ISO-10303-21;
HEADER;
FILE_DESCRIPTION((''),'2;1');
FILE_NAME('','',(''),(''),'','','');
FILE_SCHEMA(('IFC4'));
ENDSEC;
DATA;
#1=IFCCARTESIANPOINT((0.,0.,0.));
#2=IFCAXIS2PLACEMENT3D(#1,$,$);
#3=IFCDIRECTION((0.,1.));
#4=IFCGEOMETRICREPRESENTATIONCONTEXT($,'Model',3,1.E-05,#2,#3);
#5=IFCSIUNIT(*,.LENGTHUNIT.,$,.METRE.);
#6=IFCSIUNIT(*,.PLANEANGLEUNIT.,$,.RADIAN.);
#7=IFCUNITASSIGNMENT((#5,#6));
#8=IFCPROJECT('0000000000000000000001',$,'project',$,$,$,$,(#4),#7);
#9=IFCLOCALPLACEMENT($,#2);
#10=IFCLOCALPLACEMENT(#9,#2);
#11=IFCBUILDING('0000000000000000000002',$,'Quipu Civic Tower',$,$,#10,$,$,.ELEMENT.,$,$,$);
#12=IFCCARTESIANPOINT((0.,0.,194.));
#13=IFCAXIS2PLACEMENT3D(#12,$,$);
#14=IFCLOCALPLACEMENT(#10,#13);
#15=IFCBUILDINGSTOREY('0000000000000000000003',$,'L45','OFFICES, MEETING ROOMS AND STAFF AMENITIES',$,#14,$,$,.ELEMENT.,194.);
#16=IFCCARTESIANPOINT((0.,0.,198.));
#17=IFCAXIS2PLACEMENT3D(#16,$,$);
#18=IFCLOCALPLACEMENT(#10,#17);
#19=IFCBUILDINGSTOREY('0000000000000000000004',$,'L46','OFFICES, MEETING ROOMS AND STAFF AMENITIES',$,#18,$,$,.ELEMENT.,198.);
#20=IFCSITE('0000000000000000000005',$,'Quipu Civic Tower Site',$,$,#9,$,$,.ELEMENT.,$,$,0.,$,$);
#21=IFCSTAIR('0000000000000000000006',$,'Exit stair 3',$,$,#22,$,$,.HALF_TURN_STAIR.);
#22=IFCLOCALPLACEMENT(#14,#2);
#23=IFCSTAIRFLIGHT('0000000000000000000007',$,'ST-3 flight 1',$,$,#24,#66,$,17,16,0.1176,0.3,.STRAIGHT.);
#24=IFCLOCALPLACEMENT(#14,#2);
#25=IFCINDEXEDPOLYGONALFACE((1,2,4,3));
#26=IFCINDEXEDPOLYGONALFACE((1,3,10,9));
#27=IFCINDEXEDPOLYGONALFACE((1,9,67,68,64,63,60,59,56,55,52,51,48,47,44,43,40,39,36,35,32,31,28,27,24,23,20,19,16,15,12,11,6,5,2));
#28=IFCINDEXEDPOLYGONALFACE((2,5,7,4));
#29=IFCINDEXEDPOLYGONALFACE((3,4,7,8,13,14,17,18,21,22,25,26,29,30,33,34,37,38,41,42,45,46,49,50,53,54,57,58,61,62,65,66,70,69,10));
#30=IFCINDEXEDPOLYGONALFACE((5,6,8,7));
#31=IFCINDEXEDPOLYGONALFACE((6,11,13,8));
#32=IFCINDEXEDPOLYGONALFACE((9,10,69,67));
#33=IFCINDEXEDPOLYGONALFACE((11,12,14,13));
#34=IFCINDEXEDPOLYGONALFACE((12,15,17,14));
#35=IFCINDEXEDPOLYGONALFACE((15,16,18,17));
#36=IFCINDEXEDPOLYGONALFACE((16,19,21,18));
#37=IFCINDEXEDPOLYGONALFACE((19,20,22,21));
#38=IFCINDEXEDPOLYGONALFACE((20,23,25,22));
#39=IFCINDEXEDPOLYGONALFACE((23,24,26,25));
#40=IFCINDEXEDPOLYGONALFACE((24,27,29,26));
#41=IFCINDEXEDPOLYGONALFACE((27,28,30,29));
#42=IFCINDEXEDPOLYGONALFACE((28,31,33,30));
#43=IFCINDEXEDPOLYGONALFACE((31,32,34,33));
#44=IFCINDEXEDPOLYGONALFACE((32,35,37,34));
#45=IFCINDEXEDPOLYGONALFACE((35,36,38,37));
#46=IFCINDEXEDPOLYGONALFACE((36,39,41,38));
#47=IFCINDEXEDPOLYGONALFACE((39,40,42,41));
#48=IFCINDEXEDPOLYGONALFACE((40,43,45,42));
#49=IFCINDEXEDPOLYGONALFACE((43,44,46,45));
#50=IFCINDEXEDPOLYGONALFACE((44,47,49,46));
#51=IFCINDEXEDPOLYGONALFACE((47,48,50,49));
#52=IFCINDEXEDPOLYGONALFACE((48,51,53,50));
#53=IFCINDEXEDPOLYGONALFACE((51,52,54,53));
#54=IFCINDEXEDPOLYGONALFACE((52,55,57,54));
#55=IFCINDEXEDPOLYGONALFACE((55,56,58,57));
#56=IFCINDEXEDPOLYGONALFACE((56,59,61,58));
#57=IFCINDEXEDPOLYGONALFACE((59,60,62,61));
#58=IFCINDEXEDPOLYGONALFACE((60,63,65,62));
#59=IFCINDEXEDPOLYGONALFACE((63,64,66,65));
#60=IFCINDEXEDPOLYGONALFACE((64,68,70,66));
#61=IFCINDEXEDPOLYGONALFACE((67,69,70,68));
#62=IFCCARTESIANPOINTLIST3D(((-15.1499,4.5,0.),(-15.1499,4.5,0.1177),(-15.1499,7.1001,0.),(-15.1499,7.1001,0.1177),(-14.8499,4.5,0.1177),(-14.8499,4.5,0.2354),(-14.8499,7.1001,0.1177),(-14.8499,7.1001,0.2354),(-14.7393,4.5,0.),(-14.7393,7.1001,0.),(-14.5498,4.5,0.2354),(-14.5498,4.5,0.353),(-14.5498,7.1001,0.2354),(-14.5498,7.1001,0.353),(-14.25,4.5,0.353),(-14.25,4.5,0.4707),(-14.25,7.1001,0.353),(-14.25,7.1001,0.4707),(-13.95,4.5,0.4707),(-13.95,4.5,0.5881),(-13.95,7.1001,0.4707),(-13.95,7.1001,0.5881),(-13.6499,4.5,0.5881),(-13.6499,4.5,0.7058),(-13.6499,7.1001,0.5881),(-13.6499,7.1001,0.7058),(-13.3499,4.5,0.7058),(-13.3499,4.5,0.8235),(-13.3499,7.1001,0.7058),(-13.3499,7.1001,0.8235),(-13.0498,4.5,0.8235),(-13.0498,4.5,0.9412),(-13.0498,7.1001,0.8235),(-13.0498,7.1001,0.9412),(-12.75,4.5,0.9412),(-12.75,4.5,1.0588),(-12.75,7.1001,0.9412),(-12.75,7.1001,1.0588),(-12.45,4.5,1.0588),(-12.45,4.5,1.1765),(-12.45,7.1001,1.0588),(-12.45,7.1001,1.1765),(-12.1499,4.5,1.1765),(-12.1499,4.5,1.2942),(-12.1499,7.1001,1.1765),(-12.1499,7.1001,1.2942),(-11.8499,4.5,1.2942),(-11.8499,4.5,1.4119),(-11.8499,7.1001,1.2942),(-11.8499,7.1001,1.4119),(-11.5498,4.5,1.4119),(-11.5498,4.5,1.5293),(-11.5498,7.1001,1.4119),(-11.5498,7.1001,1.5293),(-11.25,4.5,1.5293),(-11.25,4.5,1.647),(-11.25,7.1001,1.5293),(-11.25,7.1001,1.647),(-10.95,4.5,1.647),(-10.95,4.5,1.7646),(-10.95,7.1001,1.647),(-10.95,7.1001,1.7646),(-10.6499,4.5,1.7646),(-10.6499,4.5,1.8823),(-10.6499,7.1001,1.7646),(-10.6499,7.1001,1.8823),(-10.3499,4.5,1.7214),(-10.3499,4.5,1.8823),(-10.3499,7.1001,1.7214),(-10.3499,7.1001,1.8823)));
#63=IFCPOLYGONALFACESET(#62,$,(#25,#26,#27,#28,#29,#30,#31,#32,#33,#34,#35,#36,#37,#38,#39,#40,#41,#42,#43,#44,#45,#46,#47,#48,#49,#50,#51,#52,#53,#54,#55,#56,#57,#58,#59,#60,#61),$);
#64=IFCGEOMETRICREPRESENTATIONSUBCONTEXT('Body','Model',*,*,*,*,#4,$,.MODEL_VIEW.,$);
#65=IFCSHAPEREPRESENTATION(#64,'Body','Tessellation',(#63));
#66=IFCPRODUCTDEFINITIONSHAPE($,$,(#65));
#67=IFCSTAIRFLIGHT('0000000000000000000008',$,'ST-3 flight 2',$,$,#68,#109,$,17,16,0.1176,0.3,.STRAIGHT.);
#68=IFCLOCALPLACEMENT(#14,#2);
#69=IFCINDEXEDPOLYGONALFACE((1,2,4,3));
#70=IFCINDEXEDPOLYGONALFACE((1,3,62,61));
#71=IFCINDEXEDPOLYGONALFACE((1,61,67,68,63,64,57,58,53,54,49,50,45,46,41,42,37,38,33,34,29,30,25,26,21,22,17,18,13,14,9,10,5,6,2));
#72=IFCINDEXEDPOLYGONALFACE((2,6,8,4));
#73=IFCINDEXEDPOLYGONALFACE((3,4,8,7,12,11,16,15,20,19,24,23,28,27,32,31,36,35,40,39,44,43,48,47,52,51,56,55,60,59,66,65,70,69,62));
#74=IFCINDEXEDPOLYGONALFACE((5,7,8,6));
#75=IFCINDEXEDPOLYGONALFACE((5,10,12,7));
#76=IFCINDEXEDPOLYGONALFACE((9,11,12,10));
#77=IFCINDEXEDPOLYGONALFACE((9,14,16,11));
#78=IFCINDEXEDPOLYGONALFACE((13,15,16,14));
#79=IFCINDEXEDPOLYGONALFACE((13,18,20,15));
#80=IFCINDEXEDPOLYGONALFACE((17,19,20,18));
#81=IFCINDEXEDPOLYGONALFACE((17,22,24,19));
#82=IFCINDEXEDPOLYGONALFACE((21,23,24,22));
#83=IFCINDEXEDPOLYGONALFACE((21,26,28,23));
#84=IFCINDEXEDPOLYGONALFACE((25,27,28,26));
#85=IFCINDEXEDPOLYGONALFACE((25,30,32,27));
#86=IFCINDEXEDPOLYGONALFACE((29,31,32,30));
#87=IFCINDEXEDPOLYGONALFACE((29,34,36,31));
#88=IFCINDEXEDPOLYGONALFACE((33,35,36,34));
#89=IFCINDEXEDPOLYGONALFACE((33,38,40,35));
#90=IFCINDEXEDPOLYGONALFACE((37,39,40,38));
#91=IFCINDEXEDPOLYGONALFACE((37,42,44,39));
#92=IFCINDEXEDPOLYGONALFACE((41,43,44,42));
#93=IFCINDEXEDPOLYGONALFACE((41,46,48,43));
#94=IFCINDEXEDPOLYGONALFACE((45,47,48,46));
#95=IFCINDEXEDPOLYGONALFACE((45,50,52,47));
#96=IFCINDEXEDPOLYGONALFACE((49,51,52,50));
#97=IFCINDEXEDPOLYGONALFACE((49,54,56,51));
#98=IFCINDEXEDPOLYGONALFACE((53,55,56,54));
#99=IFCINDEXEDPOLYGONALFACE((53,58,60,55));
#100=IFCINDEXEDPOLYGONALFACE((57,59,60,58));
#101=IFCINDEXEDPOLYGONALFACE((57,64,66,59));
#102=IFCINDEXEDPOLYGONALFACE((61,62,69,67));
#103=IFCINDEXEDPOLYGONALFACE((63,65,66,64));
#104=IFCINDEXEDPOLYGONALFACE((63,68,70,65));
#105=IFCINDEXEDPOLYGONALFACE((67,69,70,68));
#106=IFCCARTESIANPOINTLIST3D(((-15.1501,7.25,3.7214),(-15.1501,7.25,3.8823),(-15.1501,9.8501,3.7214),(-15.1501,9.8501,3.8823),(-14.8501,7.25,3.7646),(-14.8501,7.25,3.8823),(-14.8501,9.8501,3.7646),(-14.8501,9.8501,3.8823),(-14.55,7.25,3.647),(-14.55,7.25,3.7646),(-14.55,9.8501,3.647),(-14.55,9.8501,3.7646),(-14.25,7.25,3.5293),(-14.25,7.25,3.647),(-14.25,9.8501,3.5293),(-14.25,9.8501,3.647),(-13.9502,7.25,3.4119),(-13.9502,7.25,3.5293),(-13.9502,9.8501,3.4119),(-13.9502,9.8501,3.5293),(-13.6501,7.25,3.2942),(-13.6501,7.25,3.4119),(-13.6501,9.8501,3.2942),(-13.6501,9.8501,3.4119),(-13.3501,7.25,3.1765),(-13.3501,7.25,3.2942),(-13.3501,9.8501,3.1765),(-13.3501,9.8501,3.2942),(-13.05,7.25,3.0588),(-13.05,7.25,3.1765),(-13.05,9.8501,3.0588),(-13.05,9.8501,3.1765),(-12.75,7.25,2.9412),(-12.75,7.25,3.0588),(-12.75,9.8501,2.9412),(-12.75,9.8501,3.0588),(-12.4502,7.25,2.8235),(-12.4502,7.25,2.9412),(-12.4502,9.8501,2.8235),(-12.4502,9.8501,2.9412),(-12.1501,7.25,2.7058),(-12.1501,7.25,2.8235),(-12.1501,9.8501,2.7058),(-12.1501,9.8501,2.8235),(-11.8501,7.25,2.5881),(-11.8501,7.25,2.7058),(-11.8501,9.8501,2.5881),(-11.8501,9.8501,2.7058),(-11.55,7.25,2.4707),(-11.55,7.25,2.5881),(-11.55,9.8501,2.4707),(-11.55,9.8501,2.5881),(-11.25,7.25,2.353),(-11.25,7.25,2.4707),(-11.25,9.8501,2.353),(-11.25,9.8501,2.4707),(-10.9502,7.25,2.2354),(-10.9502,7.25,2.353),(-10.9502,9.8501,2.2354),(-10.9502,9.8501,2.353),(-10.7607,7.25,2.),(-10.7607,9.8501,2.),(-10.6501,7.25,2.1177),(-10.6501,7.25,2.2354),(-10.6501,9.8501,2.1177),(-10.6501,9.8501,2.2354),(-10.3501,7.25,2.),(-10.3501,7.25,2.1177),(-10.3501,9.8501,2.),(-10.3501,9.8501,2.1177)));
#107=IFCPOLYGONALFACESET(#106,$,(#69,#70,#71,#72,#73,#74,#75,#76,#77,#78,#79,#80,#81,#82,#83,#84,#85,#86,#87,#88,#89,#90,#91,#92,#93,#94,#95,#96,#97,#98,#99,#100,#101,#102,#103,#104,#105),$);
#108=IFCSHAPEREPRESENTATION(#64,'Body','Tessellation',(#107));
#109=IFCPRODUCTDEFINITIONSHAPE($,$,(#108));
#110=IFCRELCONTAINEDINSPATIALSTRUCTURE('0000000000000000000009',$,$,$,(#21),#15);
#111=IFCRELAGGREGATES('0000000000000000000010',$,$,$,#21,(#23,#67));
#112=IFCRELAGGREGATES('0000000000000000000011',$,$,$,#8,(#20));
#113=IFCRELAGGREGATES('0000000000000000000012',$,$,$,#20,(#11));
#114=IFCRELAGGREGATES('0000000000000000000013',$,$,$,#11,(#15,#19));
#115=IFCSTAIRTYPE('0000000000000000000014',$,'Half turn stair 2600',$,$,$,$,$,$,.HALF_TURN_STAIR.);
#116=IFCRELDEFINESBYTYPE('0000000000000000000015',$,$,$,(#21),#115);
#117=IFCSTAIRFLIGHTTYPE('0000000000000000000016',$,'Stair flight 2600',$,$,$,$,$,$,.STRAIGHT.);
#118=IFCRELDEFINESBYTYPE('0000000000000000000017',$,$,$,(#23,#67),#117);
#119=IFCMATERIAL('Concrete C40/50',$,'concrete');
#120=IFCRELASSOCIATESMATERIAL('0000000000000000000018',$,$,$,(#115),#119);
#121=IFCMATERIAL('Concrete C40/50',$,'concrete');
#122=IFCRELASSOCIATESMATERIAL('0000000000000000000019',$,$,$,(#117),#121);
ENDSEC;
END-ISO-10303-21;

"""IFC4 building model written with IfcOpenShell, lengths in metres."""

from ifc_helpers import new_model, si_unit, direction, frame, origin, place, context, subcontext, project, spatial, polyline, outline, extrude, material, type_object, element, aggregate, save


model = new_model("IFC4")

# Units and contexts
model_context = context("Model", 3, precision=1e-05, world=origin(), true_north=direction((0.0, 1.0)))
body_context = subcontext(model_context, "Body", "Model", "MODEL_VIEW")
ifc_project = project(units=[si_unit("LENGTHUNIT", "METRE"), si_unit("PLANEANGLEUNIT", "RADIAN")], contexts=[model_context])

# Site, building, storey
site_placement = place(None, origin())
site = spatial("IfcSite", under=ifc_project, at=site_placement, Name="Quipu Civic Tower Site", CompositionType="ELEMENT", RefElevation=0.0)
building_placement = place(site_placement, origin())
building = spatial("IfcBuilding", under=site, at=building_placement, Name="Quipu Civic Tower", CompositionType="ELEMENT")
storey_1_placement = place(building_placement, frame((0.0, 0.0, 194.0)))
storey_1 = spatial("IfcBuildingStorey", under=building, at=storey_1_placement, Name="L45", Description="OFFICES, MEETING ROOMS AND STAFF AMENITIES", CompositionType="ELEMENT", Elevation=194.0)

# Shared definitions
storey_2_placement = place(building_placement, frame((0.0, 0.0, 198.0)))
storey_2 = spatial("IfcBuildingStorey", under=building, at=storey_2_placement, Name="L46", Description="OFFICES, MEETING ROOMS AND STAFF AMENITIES", CompositionType="ELEMENT", Elevation=198.0)

# Stair, stair flights
ifc_material_1 = material(Name="Concrete C40/50", Category="concrete")
stair_type = type_object("IfcStairType", Name="Half turn stair 2600", PredefinedType="HALF_TURN_STAIR", material=ifc_material_1)
stair_placement = place(storey_1_placement, origin())
stair = element("IfcStair", 1, at=stair_placement, inside=storey_1, type_object=stair_type, Name="Exit stair 3", PredefinedType="HALF_TURN_STAIR")
ifc_material_2 = material(Name="Concrete C40/50", Category="concrete")
stair_flight_type = type_object("IfcStairFlightType", Name="Stair flight 2600", PredefinedType="STRAIGHT", material=ifc_material_2)
stair_flight_1_placement = place(storey_1_placement, frame((-15.1499, 5.8, 0.0), z_axis=(0.0, 0.0, 1.0), x_axis=(1.0, 0.0, 0.0)))
stair_flight_1 = element("IfcStairFlight", 2, at=stair_flight_1_placement, type_object=stair_flight_type, Name="ST-3 flight 1", NumberOfRisers=17, NumberOfTreads=16, PredefinedType="STRAIGHT", RiserHeight=0.1176, TreadLength=0.3, context=body_context, shape_type="SweptSolid", body=[
    extrude(outline(polyline([(0.0, 0.0), (0.0, 0.1177), (0.3, 0.1177), (0.3, 0.2354), (0.6001, 0.2354), (0.6001, 0.353), (0.8999, 0.353), (0.8999, 0.4707), (1.2, 0.4707), (1.2, 0.5881), (1.5, 0.5881), (1.5, 0.7058), (1.8, 0.7058), (1.8, 0.8235), (2.1001, 0.8235), (2.1001, 0.9412), (2.3999, 0.9412), (2.3999, 1.0588), (2.7, 1.0588), (2.7, 1.1765), (3.0, 1.1765), (3.0, 1.2942), (3.3, 1.2942), (3.3, 1.4119), (3.6001, 1.4119), (3.6001, 1.5293), (3.8999, 1.5293), (3.8999, 1.647), (4.2, 1.647), (4.2, 1.7646), (4.5, 1.7646), (4.5, 1.8823), (4.8, 1.8823), (4.8, 2.0), (4.8, 1.7214), (0.4106, 0.0), (0.0, 0.0)])), frame((0.0, 1.3, 0.0), z_axis=(0.0, -1.0, 0.0), x_axis=(1.0, 0.0, 0.0)), (0.0, 0.0, 1.0), 2.6001),
])
stair_flight_2_placement = place(storey_1_placement, frame((-10.3501, 8.55, 2.0), z_axis=(0.0, 0.0, 1.0), x_axis=(-1.0, 0.0, 0.0)))
stair_flight_2 = element("IfcStairFlight", 3, at=stair_flight_2_placement, type_object=stair_flight_type, Name="ST-3 flight 2", NumberOfRisers=17, NumberOfTreads=16, PredefinedType="STRAIGHT", RiserHeight=0.1176, TreadLength=0.3, context=body_context, shape_type="SweptSolid", body=[
    extrude(outline(polyline([(0.0, 0.0), (0.0, 0.1177), (0.3, 0.1177), (0.3, 0.2354), (0.6001, 0.2354), (0.6001, 0.353), (0.8999, 0.353), (0.8999, 0.4707), (1.2, 0.4707), (1.2, 0.5881), (1.5, 0.5881), (1.5, 0.7058), (1.8, 0.7058), (1.8, 0.8235), (2.1001, 0.8235), (2.1001, 0.9412), (2.3999, 0.9412), (2.3999, 1.0588), (2.7, 1.0588), (2.7, 1.1765), (3.0, 1.1765), (3.0, 1.2942), (3.3, 1.2942), (3.3, 1.4119), (3.6001, 1.4119), (3.6001, 1.5293), (3.8999, 1.5293), (3.8999, 1.647), (4.2, 1.647), (4.2, 1.7646), (4.5, 1.7646), (4.5, 1.8823), (4.8, 1.8823), (4.8, 2.0), (4.8, 1.7214), (0.4106, 0.0), (0.0, 0.0)])), frame((0.0, 1.3, 0.0), z_axis=(0.0, -1.0, 0.0), x_axis=(1.0, 0.0, 0.0)), (0.0, 0.0, 1.0), 2.6001),
])
aggregate(stair, [stair_flight_1, stair_flight_2])

save(model, "model.ifc")
